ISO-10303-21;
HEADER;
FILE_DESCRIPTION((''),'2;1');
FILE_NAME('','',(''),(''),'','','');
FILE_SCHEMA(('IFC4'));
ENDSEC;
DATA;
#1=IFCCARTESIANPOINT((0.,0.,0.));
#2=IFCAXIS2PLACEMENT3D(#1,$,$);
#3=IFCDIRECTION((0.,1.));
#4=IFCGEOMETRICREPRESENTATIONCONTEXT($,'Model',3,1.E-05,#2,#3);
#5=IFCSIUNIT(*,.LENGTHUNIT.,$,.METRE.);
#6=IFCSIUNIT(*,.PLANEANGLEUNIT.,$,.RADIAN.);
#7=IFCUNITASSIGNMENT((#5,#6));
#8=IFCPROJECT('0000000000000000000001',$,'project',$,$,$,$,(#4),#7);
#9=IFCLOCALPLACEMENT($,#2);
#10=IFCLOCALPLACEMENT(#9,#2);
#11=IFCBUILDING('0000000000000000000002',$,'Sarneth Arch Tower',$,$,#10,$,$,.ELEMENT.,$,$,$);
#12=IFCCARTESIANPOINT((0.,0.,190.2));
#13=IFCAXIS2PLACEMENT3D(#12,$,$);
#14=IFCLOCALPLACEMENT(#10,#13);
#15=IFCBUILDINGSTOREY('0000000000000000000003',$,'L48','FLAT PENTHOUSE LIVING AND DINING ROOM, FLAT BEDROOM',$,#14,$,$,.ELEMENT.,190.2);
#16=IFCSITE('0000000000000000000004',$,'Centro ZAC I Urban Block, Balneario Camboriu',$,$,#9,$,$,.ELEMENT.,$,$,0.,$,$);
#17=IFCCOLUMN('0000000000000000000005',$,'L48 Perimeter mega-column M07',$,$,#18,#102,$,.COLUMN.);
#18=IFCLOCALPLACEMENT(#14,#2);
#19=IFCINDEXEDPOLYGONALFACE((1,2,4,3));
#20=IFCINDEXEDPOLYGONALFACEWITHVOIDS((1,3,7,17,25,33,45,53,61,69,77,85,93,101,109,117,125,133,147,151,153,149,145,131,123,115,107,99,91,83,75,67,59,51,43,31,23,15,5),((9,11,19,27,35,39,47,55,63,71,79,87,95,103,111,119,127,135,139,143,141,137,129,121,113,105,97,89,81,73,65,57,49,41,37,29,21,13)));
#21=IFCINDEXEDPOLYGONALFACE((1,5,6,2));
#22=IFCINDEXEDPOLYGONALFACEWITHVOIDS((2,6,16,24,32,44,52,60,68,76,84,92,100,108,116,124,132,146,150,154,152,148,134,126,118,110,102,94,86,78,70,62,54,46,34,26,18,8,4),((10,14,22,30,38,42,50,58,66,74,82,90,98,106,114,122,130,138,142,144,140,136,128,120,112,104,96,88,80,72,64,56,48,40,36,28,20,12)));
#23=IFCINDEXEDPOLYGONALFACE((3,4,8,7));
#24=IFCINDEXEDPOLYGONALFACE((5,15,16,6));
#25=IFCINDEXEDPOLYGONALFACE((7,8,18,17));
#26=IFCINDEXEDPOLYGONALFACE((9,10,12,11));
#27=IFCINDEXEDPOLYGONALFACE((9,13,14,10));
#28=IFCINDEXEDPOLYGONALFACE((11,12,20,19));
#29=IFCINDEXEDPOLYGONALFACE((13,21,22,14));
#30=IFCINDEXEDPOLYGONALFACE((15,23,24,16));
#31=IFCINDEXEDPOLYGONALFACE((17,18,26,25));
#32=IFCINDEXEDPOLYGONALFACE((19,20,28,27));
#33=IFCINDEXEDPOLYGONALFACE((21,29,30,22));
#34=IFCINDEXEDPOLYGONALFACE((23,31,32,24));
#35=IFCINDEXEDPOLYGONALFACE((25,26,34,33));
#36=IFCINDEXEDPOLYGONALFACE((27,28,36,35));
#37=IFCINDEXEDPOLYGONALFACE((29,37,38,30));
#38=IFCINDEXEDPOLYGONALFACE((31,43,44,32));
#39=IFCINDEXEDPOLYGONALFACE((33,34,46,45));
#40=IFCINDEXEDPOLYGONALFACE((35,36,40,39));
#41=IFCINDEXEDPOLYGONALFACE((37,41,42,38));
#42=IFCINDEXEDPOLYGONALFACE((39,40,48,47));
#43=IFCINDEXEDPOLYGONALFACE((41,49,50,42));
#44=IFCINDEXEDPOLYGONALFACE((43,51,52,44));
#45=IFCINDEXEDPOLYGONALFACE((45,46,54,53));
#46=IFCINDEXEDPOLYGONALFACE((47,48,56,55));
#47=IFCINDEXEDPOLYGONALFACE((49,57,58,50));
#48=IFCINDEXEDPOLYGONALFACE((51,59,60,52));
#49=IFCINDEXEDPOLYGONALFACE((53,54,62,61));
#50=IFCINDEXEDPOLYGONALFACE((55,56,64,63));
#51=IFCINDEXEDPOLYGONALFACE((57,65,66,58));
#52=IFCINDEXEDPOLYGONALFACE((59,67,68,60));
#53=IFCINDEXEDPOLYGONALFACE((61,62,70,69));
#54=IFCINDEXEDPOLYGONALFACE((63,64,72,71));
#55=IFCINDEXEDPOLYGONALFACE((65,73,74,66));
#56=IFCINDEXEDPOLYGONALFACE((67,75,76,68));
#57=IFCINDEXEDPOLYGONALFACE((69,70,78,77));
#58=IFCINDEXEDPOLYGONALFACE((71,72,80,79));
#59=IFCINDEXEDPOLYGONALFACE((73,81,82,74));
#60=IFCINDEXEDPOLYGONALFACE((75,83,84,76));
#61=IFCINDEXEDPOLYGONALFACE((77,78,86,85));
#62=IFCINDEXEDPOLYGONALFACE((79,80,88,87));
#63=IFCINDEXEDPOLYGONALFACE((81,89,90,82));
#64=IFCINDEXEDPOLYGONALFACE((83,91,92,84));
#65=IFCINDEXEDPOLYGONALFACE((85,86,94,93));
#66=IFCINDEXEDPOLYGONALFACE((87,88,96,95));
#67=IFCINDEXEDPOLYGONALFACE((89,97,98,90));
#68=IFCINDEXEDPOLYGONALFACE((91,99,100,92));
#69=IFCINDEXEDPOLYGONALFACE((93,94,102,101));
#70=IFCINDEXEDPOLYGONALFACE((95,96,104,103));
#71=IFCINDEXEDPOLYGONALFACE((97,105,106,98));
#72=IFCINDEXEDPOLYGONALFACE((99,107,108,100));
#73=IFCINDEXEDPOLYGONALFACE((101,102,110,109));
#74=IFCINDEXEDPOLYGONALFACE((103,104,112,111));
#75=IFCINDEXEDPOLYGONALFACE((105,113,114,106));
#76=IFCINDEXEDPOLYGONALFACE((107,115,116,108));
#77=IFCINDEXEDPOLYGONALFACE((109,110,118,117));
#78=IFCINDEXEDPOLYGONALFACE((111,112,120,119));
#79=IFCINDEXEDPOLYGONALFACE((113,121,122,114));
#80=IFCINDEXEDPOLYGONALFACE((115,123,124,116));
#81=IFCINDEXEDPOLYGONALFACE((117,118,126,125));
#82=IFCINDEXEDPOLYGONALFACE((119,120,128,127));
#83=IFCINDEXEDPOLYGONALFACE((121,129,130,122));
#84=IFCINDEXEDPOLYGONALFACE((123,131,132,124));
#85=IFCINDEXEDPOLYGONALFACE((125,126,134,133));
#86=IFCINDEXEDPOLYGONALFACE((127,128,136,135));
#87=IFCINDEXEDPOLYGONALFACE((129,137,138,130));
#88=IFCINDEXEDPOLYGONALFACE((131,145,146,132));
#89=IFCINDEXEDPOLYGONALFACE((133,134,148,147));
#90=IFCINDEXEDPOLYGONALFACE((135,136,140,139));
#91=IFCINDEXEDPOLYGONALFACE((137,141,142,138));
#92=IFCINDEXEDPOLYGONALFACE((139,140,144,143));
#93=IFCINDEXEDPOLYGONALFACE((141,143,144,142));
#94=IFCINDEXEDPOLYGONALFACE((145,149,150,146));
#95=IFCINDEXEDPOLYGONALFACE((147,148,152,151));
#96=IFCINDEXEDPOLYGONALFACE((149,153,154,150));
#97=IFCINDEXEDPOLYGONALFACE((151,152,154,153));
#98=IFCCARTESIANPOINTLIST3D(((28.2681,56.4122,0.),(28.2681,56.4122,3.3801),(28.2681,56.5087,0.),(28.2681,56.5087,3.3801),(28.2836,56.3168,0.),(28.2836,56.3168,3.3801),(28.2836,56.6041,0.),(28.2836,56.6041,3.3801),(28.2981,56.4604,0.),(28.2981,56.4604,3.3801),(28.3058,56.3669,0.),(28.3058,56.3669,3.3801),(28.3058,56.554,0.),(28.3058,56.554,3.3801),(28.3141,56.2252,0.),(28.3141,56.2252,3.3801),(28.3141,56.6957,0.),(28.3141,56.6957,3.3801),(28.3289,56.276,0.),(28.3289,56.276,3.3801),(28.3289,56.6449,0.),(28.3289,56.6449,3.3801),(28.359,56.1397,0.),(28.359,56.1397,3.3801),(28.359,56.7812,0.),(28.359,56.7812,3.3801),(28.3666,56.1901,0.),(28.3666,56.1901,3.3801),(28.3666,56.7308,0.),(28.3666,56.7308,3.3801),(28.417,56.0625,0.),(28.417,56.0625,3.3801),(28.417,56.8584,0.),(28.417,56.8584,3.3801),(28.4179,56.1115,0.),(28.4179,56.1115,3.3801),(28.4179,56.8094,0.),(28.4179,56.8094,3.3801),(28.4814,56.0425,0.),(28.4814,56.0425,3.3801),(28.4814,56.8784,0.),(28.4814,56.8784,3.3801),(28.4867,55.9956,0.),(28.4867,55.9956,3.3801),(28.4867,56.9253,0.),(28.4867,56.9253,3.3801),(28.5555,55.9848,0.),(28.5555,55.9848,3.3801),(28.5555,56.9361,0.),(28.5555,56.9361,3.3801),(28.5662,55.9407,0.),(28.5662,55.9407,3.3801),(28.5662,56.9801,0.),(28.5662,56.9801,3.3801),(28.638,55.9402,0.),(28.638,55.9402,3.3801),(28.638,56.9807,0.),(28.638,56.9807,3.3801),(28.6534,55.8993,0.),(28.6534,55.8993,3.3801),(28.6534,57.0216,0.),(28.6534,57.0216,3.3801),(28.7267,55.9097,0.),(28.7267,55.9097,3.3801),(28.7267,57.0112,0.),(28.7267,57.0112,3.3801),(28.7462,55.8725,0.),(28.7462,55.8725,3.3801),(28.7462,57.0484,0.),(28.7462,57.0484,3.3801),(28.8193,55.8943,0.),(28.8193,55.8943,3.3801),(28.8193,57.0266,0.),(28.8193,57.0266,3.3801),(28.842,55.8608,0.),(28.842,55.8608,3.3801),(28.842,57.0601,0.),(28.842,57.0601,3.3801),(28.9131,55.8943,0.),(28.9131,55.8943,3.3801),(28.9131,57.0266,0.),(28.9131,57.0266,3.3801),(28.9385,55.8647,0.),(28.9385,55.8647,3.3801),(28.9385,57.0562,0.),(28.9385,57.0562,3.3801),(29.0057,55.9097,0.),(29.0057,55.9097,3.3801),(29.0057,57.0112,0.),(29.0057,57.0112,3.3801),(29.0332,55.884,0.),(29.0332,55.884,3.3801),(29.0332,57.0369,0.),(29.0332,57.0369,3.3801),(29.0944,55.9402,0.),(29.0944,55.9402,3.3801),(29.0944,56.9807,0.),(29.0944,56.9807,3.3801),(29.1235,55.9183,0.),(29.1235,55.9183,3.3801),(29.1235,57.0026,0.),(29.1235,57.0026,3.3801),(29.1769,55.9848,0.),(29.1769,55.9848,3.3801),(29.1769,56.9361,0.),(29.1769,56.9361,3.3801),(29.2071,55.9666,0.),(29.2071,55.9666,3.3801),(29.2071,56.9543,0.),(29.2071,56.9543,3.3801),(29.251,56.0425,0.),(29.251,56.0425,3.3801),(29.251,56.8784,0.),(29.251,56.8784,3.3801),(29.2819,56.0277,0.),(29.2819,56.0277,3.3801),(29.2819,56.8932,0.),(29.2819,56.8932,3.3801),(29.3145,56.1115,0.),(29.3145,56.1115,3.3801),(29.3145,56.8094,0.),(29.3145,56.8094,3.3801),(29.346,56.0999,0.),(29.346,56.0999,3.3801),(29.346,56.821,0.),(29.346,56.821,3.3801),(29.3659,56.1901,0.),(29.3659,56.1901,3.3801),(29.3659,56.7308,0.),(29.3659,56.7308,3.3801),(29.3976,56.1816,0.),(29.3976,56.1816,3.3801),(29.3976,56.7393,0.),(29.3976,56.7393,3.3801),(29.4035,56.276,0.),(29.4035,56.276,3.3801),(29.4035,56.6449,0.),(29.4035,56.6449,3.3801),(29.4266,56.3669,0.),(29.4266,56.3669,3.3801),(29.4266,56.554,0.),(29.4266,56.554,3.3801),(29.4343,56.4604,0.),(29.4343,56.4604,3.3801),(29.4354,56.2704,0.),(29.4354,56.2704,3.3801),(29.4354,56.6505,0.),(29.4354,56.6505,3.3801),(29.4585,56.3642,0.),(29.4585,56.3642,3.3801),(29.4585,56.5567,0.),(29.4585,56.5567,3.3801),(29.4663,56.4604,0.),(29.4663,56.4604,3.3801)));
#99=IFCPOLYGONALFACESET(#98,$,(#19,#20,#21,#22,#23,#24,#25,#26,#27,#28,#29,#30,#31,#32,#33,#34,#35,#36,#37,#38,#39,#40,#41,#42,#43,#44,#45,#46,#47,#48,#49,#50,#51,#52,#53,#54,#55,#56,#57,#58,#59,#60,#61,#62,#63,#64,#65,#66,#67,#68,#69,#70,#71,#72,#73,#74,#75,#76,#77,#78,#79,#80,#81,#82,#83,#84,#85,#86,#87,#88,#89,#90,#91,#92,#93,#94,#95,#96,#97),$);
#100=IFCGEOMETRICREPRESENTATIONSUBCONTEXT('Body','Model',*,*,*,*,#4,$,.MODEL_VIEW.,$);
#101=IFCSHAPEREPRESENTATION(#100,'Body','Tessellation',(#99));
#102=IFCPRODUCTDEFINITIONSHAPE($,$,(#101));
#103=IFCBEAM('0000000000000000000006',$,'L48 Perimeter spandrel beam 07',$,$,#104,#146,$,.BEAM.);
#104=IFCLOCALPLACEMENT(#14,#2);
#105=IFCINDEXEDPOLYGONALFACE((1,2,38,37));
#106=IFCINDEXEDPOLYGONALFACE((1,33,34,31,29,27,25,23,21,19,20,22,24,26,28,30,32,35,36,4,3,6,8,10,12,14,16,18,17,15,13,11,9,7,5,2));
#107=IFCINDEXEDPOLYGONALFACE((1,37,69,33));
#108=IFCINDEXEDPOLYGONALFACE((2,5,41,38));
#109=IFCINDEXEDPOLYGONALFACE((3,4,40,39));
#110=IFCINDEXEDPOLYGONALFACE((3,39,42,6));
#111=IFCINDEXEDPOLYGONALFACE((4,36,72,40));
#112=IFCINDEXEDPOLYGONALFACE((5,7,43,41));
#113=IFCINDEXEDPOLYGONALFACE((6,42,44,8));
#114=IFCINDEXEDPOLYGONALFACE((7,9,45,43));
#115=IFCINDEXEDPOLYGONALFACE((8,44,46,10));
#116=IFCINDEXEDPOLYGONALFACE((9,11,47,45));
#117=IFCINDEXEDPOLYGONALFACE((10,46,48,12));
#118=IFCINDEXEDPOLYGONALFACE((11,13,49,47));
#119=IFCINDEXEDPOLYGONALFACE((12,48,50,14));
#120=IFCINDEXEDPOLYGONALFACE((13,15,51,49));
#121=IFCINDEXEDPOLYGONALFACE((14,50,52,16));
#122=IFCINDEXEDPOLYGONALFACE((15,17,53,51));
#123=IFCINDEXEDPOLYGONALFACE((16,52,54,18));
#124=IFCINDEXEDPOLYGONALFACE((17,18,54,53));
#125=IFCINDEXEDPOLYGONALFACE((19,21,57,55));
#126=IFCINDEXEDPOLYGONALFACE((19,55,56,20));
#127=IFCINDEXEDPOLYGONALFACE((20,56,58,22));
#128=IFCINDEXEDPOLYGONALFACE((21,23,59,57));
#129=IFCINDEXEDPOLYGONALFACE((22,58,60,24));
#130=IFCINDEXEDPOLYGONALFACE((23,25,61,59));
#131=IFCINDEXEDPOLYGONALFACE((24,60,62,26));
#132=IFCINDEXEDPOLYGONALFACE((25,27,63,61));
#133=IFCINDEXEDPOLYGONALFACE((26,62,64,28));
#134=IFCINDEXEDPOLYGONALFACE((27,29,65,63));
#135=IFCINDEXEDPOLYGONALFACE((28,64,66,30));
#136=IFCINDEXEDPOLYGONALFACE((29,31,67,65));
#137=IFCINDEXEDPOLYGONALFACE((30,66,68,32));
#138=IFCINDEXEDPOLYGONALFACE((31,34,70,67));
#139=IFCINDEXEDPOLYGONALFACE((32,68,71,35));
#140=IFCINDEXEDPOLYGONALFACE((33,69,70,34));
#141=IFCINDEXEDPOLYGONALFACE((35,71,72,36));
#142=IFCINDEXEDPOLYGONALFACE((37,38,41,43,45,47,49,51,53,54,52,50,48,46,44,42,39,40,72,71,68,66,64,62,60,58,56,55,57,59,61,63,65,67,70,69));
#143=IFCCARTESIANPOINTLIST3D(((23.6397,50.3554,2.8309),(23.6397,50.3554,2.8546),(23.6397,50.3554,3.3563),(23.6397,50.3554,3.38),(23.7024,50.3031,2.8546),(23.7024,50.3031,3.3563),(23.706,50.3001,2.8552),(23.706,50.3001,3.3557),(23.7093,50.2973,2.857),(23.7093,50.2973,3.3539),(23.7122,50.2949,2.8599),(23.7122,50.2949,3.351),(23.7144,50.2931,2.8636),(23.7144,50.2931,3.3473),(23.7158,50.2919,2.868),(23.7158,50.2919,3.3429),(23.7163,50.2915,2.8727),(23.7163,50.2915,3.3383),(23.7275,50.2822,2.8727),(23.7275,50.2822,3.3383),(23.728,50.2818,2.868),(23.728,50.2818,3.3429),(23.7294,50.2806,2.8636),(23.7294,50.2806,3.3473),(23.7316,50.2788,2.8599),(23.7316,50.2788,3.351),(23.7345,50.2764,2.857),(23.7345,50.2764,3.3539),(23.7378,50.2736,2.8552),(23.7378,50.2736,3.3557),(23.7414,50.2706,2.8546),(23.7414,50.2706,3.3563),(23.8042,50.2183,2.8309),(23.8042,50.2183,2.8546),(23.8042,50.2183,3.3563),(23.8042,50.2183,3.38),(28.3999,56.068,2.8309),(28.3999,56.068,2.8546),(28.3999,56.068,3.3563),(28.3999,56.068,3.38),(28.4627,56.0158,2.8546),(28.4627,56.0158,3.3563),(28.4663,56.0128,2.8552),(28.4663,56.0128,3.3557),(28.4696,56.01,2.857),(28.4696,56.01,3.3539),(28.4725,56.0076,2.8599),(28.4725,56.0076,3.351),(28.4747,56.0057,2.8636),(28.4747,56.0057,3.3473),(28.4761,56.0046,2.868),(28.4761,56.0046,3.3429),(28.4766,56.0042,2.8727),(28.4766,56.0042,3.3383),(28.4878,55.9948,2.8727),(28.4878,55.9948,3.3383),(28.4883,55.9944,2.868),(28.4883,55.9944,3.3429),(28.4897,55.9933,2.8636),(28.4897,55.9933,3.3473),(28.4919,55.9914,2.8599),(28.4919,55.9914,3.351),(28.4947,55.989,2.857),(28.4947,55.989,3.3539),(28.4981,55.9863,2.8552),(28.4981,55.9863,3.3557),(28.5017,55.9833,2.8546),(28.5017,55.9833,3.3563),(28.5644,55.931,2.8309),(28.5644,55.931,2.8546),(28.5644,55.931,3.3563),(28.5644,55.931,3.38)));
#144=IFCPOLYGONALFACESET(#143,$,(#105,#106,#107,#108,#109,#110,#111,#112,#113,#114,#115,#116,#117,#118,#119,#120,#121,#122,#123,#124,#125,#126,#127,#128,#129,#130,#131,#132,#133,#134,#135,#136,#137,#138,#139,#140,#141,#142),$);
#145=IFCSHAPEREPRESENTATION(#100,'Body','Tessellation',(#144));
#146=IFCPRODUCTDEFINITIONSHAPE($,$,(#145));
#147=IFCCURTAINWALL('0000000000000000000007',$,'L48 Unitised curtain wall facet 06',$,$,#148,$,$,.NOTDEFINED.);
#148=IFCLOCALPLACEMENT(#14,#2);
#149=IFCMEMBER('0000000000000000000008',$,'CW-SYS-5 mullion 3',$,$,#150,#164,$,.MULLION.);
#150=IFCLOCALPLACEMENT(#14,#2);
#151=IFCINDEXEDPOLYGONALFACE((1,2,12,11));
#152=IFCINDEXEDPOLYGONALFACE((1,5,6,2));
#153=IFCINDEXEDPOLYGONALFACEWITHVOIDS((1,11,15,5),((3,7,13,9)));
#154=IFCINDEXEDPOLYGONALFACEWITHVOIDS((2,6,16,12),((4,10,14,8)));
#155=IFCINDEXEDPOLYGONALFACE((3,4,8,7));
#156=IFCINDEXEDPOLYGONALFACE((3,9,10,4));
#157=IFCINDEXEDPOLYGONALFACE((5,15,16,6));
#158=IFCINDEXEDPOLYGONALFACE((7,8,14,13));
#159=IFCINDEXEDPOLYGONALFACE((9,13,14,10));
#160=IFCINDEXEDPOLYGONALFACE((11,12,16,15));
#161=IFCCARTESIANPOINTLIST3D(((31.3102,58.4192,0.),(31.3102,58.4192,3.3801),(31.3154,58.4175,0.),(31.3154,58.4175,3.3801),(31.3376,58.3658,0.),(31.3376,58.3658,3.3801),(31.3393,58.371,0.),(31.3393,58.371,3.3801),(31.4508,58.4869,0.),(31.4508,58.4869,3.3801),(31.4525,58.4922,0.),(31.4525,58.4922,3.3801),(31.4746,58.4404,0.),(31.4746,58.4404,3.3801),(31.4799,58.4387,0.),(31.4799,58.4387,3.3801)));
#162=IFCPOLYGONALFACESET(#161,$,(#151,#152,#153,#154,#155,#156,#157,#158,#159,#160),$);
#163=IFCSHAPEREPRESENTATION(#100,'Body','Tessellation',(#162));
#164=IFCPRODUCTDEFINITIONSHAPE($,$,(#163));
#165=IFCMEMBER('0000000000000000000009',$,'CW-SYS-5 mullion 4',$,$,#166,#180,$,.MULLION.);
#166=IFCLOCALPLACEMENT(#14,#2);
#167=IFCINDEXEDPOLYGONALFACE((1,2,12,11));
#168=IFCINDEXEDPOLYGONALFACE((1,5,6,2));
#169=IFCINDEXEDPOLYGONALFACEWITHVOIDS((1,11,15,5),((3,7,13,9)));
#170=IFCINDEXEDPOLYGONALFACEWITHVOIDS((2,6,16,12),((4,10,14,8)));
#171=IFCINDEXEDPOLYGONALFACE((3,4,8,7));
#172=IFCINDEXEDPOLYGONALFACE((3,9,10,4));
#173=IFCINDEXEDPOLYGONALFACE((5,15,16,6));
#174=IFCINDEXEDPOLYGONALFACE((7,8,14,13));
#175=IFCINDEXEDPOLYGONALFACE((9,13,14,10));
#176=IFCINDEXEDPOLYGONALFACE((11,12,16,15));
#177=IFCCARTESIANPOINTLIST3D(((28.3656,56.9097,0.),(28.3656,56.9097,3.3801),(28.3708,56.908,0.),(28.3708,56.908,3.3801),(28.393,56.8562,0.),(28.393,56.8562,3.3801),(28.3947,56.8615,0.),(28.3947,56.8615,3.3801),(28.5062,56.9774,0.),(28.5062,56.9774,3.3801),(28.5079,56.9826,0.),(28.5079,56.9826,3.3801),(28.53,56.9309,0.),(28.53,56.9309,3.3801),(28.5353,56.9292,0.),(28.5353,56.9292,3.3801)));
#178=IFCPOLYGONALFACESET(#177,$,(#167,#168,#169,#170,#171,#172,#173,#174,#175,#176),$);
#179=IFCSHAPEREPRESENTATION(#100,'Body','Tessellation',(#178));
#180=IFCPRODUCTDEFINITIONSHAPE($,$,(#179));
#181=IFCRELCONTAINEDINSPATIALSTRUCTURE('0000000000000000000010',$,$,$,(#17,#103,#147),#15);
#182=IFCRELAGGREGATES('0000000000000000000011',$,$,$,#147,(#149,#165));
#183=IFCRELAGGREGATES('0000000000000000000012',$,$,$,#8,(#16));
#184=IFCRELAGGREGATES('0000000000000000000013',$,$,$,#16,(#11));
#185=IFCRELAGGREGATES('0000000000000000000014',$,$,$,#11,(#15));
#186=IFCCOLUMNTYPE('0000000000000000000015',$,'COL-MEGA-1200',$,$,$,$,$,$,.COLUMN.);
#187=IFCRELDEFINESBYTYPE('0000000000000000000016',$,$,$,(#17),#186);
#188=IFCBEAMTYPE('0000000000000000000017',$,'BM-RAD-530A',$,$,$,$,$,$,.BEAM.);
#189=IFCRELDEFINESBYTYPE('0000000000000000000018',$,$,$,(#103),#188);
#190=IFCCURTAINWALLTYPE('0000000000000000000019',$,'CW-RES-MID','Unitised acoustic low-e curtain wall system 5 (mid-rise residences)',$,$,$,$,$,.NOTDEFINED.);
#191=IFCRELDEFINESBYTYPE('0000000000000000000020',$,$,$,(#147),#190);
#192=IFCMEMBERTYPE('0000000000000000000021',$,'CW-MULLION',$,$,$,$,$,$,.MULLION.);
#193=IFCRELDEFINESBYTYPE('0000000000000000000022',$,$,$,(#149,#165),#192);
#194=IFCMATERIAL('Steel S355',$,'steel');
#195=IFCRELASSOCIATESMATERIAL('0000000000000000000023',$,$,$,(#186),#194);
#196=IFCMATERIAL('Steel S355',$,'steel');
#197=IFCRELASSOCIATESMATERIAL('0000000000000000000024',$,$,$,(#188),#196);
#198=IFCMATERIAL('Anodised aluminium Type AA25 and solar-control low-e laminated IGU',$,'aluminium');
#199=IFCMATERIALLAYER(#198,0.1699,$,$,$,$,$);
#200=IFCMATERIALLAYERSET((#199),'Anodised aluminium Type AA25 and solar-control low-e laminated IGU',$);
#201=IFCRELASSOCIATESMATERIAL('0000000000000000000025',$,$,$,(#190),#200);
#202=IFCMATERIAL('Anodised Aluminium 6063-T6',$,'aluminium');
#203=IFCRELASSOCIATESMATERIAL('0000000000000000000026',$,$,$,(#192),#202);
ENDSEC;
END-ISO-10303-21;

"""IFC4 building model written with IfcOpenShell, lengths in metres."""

from ifc_helpers import new_model, si_unit, direction, frame, origin, origin_2d, place, context, subcontext, project, spatial, hollow_rectangle, hollow_circle, i_section, extrude, material, layer, layer_set, material_profile, profile_set, type_object, element, aggregate, save


model = new_model("IFC4")

# Units and contexts
model_context = context("Model", 3, precision=1e-05, world=origin(), true_north=direction((0.0, 1.0)))
body_context = subcontext(model_context, "Body", "Model", "MODEL_VIEW")
ifc_project = project(units=[si_unit("LENGTHUNIT", "METRE"), si_unit("PLANEANGLEUNIT", "RADIAN")], contexts=[model_context])

# Site, building, storey
site_placement = place(None, origin())
site = spatial("IfcSite", under=ifc_project, at=site_placement, Name="Centro ZAC I Urban Block, Balneario Camboriu", CompositionType="ELEMENT", RefElevation=0.0)
building_placement = place(site_placement, origin())
building = spatial("IfcBuilding", under=site, at=building_placement, Name="Sarneth Arch Tower", CompositionType="ELEMENT")
storey_placement = place(building_placement, frame((0.0, 0.0, 190.2)))
storey = spatial("IfcBuildingStorey", under=building, at=storey_placement, Name="L48", Description="FLAT PENTHOUSE LIVING AND DINING ROOM, FLAT BEDROOM", CompositionType="ELEMENT", Elevation=190.2)

# Column
ifc_material_1 = material(Name="Steel S355", Category="steel")
ifc_material_profile_1 = material_profile(ifc_material_1, hollow_circle(Radius=0.6001, WallThickness=0.032, at=origin_2d()), Name="CHS1200x32")
ifc_profile_set_1 = profile_set([ifc_material_profile_1], Name="Steel S355")
column_type = type_object("IfcColumnType", Name="COL-MEGA-1200", PredefinedType="COLUMN", material=ifc_profile_set_1)
column_placement = place(storey_placement, frame((28.8662, 56.4604, 0.0), z_axis=(0.0, 0.0, 1.0), x_axis=(1.0, 0.0, 0.0)))
element("IfcColumn", 1, at=column_placement, inside=storey, type_object=column_type, Name="L48 Perimeter mega-column M07", PredefinedType="COLUMN", context=body_context, shape_type="SweptSolid", body=[
    extrude(hollow_circle(Radius=0.6001, WallThickness=0.032, at=origin_2d()), origin(), (0.0, 0.0, 1.0), 3.3801),
])

# Beam
ifc_material_2 = material(Name="Steel S355", Category="steel")
ifc_material_profile_2 = material_profile(ifc_material_2, i_section(OverallWidth=0.2141, OverallDepth=0.5491, WebThickness=0.0146, FlangeThickness=0.0237, FilletRadius=0.0181, at=origin_2d()), Name="W530x138")
ifc_profile_set_2 = profile_set([ifc_material_profile_2], Name="Steel S355")
beam_type = type_object("IfcBeamType", Name="BM-RAD-530A", PredefinedType="BEAM", material=ifc_profile_set_2)
beam_placement = place(storey_placement, frame((28.4822, 55.9995, 3.1055), z_axis=(-0.640162, -0.76824, 0.0), x_axis=(0.76824, -0.640162, 0.0)))
element("IfcBeam", 2, at=beam_placement, inside=storey, type_object=beam_type, Name="L48 Perimeter spandrel beam 07", PredefinedType="BEAM", context=body_context, shape_type="SweptSolid", body=[
    extrude(i_section(OverallWidth=0.2141, OverallDepth=0.5491, WebThickness=0.0146, FlangeThickness=0.0237, FilletRadius=0.0181, at=origin_2d()), origin(), (0.0, 0.0, 1.0), 7.436),
])

# Curtain wall, members
ifc_material_3 = material(Name="Anodised aluminium Type AA25 and solar-control low-e laminated IGU", Category="aluminium")
ifc_layer_1 = layer(ifc_material_3, 0.1699)
ifc_layer_set_1 = layer_set([ifc_layer_1], Name="Anodised aluminium Type AA25 and solar-control low-e laminated IGU")
curtain_wall_type = type_object("IfcCurtainWallType", Name="CW-RES-MID", Description="Unitised acoustic low-e curtain wall system 5 (mid-rise residences)", PredefinedType="NOTDEFINED", material=ifc_layer_set_1)
curtain_wall_placement = place(storey_placement, origin())
curtain_wall = element("IfcCurtainWall", 3, at=curtain_wall_placement, inside=storey, type_object=curtain_wall_type, Name="L48 Unitised curtain wall facet 06", PredefinedType="NOTDEFINED")
ifc_material_4 = material(Name="Anodised Aluminium 6063-T6", Category="aluminium")
ifc_material_profile_3 = material_profile(ifc_material_4, hollow_rectangle(XDim=0.0601, YDim=0.1599, WallThickness=0.0039, at=origin_2d()), Name="AL-MULL-160x60x4")
ifc_profile_set_3 = profile_set([ifc_material_profile_3], Name="Anodised Aluminium 6063-T6")
member_type_1 = type_object("IfcMemberType", Name="CW-MULLION", PredefinedType="MULLION", material=ifc_profile_set_3)
member_1_placement = place(storey_placement, frame((31.395, 58.429, 0.0), z_axis=(0.0, 0.0, 1.0), x_axis=(0.456208, -0.889873, 0.0)))
member_1 = element("IfcMember", 4, at=member_1_placement, type_object=member_type_1, Name="CW-SYS-5 mullion 3", PredefinedType="MULLION", context=body_context, shape_type="SweptSolid", body=[
    extrude(hollow_rectangle(XDim=0.0601, YDim=0.1599, WallThickness=0.0039, at=origin_2d()), origin(), (0.0, 0.0, 1.0), 3.3801),
])
member_2_placement = place(storey_placement, frame((28.4504, 56.9194, 0.0), z_axis=(0.0, 0.0, 1.0), x_axis=(0.456208, -0.889873, 0.0)))
member_2 = element("IfcMember", 5, at=member_2_placement, type_object=member_type_1, Name="CW-SYS-5 mullion 4", PredefinedType="MULLION", context=body_context, shape_type="SweptSolid", body=[
    extrude(hollow_rectangle(XDim=0.0601, YDim=0.1599, WallThickness=0.0039, at=origin_2d()), origin(), (0.0, 0.0, 1.0), 3.3801),
])

aggregate(curtain_wall, [member_1, member_2])

save(model, "model.ifc")
